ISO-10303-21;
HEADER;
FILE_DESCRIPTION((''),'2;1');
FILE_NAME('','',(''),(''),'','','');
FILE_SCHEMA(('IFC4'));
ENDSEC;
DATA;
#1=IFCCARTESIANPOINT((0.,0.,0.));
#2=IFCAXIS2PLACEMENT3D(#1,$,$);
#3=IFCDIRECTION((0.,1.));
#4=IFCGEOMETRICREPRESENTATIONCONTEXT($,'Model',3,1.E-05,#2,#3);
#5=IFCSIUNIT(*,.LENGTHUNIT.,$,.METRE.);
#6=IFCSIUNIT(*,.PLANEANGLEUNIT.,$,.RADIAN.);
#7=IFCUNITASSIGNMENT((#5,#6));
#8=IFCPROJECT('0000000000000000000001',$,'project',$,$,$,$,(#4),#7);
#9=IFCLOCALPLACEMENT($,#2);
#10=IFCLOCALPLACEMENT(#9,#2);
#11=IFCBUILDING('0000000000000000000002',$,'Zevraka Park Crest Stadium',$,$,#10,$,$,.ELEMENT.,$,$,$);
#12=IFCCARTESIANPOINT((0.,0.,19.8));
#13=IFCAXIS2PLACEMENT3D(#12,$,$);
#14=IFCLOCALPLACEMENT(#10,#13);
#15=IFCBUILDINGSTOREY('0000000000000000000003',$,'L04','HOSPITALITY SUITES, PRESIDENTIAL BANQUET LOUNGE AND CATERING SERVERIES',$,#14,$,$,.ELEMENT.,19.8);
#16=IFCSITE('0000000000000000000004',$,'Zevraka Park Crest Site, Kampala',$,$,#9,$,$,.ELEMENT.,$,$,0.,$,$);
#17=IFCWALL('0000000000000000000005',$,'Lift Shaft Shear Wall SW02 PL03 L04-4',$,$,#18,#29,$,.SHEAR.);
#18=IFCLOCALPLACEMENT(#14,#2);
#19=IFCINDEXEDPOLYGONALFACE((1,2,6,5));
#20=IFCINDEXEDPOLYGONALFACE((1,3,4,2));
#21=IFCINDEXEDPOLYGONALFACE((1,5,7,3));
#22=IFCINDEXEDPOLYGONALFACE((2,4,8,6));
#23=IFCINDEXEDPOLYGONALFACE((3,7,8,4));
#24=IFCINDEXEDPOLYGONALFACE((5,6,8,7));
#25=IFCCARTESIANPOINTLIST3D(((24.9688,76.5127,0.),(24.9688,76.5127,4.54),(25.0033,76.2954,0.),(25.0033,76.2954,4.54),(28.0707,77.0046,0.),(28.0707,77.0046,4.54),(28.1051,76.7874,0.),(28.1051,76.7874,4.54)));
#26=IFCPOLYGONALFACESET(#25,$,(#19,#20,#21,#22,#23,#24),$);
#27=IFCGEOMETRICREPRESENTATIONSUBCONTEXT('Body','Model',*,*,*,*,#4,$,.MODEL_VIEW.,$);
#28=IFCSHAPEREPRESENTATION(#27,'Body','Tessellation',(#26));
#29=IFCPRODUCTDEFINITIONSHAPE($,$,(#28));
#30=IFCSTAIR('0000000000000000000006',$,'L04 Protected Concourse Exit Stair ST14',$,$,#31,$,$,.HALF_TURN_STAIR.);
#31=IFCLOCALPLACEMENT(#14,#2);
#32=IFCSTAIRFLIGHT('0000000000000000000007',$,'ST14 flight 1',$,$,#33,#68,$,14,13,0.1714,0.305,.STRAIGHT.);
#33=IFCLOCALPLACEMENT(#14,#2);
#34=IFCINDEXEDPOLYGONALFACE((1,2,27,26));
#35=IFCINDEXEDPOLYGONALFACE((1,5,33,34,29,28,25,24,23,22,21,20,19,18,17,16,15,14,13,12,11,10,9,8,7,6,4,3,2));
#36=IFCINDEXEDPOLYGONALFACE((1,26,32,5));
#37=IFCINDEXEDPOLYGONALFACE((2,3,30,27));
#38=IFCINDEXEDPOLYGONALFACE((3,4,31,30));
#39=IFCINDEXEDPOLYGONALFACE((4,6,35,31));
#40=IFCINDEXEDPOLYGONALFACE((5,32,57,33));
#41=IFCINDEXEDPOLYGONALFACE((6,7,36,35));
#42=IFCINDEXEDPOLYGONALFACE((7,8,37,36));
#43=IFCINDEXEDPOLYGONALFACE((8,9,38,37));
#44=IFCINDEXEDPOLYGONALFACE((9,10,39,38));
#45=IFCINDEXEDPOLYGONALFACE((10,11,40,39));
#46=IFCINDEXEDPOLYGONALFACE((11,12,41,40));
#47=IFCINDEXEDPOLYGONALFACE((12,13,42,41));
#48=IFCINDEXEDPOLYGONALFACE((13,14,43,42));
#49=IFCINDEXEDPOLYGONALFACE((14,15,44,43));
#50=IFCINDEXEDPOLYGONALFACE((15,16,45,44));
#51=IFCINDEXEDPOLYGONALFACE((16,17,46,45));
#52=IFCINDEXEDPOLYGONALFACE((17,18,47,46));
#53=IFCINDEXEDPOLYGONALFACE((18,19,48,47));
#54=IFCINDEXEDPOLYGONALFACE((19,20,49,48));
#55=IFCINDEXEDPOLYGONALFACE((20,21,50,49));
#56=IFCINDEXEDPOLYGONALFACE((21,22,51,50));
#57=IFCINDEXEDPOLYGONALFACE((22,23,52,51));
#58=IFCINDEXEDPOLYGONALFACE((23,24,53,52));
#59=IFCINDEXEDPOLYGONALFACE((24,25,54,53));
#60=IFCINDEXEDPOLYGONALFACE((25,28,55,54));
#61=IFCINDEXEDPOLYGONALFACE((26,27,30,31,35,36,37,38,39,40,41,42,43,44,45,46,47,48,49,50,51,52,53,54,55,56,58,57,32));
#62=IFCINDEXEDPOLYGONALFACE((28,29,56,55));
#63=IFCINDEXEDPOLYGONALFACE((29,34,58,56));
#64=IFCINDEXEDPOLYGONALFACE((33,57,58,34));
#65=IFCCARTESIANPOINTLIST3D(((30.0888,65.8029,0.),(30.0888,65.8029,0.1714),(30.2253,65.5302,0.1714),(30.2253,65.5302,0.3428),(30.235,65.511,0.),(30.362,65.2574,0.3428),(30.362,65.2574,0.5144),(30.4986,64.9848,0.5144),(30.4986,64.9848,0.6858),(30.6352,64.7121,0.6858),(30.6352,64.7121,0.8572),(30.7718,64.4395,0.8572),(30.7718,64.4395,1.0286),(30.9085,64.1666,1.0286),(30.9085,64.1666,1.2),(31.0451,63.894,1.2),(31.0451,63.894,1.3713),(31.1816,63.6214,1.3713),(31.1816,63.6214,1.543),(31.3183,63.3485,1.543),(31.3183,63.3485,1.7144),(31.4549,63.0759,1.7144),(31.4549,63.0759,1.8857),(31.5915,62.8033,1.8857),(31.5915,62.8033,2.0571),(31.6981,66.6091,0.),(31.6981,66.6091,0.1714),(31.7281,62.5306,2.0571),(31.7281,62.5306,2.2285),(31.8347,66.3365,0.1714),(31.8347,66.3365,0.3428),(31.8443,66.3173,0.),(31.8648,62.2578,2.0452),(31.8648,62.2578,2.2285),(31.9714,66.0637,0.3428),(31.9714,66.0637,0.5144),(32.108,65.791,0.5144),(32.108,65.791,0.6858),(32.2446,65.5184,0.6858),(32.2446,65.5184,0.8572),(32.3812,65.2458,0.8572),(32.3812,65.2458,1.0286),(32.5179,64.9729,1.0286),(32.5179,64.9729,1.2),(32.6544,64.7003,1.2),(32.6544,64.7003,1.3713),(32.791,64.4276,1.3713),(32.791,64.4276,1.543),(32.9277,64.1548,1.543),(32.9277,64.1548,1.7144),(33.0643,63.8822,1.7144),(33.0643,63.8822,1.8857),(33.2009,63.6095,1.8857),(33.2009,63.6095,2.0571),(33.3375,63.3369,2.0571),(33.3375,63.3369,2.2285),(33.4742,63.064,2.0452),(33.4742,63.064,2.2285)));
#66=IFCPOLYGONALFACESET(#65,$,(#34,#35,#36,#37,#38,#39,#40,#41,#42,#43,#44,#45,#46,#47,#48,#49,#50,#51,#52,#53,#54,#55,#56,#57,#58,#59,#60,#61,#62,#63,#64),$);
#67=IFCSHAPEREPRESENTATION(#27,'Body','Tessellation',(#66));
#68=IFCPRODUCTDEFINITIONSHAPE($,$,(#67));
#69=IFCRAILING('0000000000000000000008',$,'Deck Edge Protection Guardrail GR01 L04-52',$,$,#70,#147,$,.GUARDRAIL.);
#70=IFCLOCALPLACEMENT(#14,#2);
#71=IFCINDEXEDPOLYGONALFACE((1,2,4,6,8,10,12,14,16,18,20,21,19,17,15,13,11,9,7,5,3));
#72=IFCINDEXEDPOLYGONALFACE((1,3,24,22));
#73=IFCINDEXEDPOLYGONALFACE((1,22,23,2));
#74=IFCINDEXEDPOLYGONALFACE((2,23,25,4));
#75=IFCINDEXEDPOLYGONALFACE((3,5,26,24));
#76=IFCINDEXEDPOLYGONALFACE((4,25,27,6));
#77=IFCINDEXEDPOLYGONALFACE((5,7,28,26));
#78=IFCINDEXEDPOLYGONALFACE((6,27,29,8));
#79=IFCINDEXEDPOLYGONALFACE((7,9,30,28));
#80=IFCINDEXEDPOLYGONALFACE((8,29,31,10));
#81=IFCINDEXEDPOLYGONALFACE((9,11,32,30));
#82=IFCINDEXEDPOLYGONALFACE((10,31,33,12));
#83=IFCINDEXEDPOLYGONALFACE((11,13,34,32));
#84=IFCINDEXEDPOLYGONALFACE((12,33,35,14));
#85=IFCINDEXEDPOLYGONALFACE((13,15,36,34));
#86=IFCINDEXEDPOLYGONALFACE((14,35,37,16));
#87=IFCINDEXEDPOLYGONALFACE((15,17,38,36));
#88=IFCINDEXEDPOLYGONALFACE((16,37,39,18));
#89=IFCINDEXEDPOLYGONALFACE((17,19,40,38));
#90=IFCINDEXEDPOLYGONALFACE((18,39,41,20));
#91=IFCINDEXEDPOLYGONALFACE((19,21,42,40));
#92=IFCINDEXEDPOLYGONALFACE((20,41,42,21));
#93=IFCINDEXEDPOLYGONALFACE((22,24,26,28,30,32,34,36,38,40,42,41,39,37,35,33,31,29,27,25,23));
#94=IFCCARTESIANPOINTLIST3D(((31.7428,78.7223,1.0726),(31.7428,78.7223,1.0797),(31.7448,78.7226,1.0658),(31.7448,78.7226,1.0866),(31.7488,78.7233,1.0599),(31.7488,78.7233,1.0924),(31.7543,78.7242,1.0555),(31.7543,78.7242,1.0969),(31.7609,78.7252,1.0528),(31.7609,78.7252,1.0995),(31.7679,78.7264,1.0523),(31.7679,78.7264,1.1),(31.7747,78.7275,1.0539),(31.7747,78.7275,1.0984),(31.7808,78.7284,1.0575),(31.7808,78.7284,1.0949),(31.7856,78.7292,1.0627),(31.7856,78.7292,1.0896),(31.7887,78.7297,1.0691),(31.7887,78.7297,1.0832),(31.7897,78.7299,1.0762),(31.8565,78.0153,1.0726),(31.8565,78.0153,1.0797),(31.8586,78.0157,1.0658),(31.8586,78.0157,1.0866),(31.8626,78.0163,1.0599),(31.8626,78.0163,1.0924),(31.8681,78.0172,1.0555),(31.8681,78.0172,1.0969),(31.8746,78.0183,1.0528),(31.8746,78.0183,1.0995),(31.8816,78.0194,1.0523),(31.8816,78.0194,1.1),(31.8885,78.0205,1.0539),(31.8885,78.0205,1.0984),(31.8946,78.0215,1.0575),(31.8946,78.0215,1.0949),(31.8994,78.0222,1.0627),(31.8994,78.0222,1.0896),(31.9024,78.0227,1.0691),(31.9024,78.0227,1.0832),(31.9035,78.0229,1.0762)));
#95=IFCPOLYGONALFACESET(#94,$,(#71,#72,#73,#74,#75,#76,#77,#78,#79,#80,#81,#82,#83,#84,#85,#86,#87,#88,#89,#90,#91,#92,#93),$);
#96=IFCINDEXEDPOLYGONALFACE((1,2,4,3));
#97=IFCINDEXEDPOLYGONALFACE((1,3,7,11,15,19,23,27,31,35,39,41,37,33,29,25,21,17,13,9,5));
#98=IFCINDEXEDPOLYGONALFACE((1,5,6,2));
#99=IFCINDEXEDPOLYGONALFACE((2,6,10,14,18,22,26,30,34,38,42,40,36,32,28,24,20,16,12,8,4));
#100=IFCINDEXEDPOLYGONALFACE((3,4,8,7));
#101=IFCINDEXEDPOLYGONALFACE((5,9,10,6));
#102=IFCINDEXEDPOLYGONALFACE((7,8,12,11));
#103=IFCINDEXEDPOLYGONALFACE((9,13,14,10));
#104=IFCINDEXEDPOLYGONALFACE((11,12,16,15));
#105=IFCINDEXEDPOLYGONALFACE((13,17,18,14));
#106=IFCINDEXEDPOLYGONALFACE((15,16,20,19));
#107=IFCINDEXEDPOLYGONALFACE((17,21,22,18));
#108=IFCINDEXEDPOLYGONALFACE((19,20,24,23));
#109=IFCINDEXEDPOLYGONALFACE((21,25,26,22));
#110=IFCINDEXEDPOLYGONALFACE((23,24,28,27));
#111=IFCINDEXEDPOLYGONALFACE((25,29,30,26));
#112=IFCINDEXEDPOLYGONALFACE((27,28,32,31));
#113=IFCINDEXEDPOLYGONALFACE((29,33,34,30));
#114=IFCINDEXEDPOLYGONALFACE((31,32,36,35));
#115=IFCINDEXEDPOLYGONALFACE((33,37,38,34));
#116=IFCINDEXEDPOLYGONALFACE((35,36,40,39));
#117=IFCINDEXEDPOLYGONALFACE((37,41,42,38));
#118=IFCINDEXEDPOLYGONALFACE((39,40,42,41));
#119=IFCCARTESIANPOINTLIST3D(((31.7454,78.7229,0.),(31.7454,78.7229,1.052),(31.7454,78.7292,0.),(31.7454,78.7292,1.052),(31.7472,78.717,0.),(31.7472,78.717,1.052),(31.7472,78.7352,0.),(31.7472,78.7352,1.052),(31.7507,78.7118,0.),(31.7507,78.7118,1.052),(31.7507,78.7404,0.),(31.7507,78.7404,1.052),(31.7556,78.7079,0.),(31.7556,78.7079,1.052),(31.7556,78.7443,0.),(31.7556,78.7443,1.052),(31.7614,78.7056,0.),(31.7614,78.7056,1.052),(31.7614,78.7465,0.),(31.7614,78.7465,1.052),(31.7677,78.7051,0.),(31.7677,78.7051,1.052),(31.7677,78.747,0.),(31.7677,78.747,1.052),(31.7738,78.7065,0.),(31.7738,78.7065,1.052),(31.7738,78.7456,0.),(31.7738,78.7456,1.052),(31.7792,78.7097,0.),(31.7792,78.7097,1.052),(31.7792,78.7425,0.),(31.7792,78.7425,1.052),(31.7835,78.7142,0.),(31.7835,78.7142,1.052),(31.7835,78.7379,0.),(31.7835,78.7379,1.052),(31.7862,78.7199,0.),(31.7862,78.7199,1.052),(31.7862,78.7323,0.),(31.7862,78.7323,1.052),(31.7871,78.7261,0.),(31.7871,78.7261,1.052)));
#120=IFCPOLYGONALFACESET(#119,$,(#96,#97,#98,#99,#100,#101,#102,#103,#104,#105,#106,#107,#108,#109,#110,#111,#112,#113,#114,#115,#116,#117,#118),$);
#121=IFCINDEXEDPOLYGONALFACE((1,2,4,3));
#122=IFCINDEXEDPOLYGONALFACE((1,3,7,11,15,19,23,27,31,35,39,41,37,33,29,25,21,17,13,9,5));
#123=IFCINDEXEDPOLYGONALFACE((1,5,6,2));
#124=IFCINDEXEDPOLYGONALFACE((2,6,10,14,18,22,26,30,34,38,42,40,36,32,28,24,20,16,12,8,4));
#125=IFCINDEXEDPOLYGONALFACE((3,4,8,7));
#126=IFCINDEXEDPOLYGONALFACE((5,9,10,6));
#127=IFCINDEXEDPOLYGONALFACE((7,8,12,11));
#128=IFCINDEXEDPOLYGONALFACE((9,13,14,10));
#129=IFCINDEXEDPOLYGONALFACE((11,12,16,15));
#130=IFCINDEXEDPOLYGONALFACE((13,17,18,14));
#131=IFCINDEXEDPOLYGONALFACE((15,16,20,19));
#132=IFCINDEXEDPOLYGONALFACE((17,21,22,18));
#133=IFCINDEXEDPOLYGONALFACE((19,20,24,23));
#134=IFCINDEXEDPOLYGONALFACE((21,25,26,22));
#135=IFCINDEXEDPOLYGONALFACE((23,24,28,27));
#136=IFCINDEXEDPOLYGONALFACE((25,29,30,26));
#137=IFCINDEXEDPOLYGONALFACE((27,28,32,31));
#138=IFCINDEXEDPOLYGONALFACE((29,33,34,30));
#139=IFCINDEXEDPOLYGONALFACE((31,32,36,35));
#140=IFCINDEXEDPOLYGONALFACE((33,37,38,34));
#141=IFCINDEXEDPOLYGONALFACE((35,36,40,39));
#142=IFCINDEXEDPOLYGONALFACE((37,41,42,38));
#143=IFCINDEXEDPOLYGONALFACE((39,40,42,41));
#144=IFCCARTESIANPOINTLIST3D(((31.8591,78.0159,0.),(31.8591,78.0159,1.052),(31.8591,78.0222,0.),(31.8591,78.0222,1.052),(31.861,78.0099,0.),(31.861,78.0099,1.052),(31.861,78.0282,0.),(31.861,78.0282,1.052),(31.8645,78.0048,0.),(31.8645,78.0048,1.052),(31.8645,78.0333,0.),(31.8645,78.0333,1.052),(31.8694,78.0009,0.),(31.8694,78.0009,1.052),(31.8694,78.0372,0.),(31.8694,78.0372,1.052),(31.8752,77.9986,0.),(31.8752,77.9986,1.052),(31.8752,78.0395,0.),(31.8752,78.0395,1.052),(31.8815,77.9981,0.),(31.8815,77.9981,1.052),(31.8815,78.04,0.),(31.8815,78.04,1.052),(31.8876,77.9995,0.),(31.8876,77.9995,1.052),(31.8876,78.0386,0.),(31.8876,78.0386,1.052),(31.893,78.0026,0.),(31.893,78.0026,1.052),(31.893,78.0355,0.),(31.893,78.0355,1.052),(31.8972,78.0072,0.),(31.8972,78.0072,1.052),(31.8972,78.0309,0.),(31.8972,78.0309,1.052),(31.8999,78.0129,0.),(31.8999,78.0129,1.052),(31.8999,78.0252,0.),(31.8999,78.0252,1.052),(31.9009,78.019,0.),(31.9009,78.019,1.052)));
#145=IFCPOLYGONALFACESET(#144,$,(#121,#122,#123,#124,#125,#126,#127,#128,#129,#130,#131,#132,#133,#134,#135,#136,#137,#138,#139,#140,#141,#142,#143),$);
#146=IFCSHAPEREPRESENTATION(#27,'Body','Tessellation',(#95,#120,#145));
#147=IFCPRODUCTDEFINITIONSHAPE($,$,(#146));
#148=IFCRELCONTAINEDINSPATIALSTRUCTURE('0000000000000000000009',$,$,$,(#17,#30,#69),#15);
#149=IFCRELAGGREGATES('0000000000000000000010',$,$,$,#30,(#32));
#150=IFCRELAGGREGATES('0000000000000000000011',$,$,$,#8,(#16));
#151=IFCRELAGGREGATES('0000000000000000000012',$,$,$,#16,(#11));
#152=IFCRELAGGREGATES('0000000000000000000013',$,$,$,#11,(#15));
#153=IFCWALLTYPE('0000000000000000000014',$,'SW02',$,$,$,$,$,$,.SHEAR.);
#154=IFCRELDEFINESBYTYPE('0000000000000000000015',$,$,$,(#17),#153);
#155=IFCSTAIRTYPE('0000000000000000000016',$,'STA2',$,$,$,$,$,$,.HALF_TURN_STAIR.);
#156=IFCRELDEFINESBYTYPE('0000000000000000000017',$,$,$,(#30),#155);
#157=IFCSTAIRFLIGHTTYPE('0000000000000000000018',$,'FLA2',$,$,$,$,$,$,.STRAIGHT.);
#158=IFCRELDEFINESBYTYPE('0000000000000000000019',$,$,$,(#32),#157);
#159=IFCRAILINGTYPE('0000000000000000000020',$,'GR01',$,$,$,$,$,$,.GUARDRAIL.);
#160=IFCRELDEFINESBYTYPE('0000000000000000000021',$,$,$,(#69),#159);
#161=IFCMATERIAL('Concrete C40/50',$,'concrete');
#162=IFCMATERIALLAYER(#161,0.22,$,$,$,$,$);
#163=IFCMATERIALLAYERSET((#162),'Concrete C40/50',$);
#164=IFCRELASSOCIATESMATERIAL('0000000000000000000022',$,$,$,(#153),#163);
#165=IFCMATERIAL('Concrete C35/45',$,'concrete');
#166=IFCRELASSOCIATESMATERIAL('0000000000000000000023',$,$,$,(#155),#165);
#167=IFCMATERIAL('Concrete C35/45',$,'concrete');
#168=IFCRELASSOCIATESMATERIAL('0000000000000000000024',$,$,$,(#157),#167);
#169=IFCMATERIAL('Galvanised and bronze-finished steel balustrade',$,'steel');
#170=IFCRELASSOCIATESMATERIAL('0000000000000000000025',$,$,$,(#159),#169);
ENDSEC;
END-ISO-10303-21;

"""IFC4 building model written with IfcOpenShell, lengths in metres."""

from ifc_helpers import new_model, si_unit, direction, frame, frame_2d, origin, origin_2d, place, context, subcontext, project, spatial, polyline, rectangle, circle, outline, extrude, material, layer, layer_set, type_object, element, aggregate, save


model = new_model("IFC4")

# Units and contexts
model_context = context("Model", 3, precision=1e-05, world=origin(), true_north=direction((0.0, 1.0)))
body_context = subcontext(model_context, "Body", "Model", "MODEL_VIEW")
ifc_project = project(units=[si_unit("LENGTHUNIT", "METRE"), si_unit("PLANEANGLEUNIT", "RADIAN")], contexts=[model_context])

# Site, building, storey
site_placement = place(None, origin())
site = spatial("IfcSite", under=ifc_project, at=site_placement, Name="Zevraka Park Crest Site, Kampala", CompositionType="ELEMENT", RefElevation=0.0)
building_placement = place(site_placement, origin())
building = spatial("IfcBuilding", under=site, at=building_placement, Name="Zevraka Park Crest Stadium", CompositionType="ELEMENT")
storey_placement = place(building_placement, frame((0.0, 0.0, 19.8)))
storey = spatial("IfcBuildingStorey", under=building, at=storey_placement, Name="L04", Description="HOSPITALITY SUITES, PRESIDENTIAL BANQUET LOUNGE AND CATERING SERVERIES", CompositionType="ELEMENT", Elevation=19.8)

# Shared definitions
ifc_material_1 = material(Name="Concrete C40/50", Category="concrete")
ifc_layer_1 = layer(ifc_material_1, 0.22)
ifc_layer_set_1 = layer_set([ifc_layer_1], Name="Concrete C40/50")
wall_type_1 = type_object("IfcWallType", Name="SW02", PredefinedType="SHEAR", material=ifc_layer_set_1)

# Wall
wall_1_placement = place(storey_placement, frame((28.0879, 76.896, 0.0), z_axis=(0.0, 0.0, 1.0), x_axis=(-0.987656, -0.156641, 0.0)))
element("IfcWall", 1, at=wall_1_placement, inside=storey, type_object=wall_type_1, Name="Lift Shaft Shear Wall SW02 PL03 L04-4", PredefinedType="SHEAR", context=body_context, shape_type="SweptSolid", body=[
    extrude(rectangle(XDim=3.1406, YDim=0.22, at=frame_2d((1.5703, 0.0))), origin(), (0.0, 0.0, 1.0), 4.54),
])

# Stair, stair flight
ifc_material_2 = material(Name="Concrete C35/45", Category="concrete")
stair_type = type_object("IfcStairType", Name="STA2", PredefinedType="HALF_TURN_STAIR", material=ifc_material_2)
stair_placement = place(storey_placement, origin())
stair = element("IfcStair", 2, at=stair_placement, inside=storey, type_object=stair_type, Name="L04 Protected Concourse Exit Stair ST14", PredefinedType="HALF_TURN_STAIR")
ifc_material_3 = material(Name="Concrete C35/45", Category="concrete")
stair_flight_type = type_object("IfcStairFlightType", Name="FLA2", PredefinedType="STRAIGHT", material=ifc_material_3)
stair_flight_placement = place(storey_placement, frame((30.8936, 66.2061, 0.0), z_axis=(0.0, 0.0, 1.0), x_axis=(0.447915, -0.894076, 0.0)))
stair_flight = element("IfcStairFlight", 3, at=stair_flight_placement, type_object=stair_flight_type, Name="ST14 flight 1", NumberOfRisers=14, NumberOfTreads=13, PredefinedType="STRAIGHT", RiserHeight=0.1714, TreadLength=0.305, context=body_context, shape_type="SweptSolid", body=[
    extrude(outline(polyline([(0.0, 0.0), (0.0, 0.1714), (0.3049, 0.1714), (0.3049, 0.3428), (0.6101, 0.3428), (0.6101, 0.5144), (0.915, 0.5144), (0.915, 0.6858), (1.22, 0.6858), (1.22, 0.8572), (1.5249, 0.8572), (1.5249, 1.0286), (1.8301, 1.0286), (1.8301, 1.2), (2.135, 1.2), (2.135, 1.3713), (2.4399, 1.3713), (2.4399, 1.543), (2.7451, 1.543), (2.7451, 1.7144), (3.05, 1.7144), (3.05, 1.8857), (3.355, 1.8857), (3.355, 2.0571), (3.6599, 2.0571), (3.6599, 2.2285), (3.9651, 2.2285), (3.9651, 2.3999), (3.9651, 2.0452), (0.3264, 0.0), (0.0, 0.0)])), frame((0.0, 0.8999, 0.0), z_axis=(0.0, -1.0, 0.0), x_axis=(1.0, 0.0, 0.0)), (0.0, 0.0, 1.0), 1.8),
])
aggregate(stair, [stair_flight])

# Railing
ifc_material_4 = material(Name="Galvanised and bronze-finished steel balustrade", Category="steel")
railing_type_1 = type_object("IfcRailingType", Name="GR01", PredefinedType="GUARDRAIL", material=ifc_material_4)
railing_1_placement = place(storey_placement, frame((31.7661, 78.7261, 0.0)))
element("IfcRailing", 4, at=railing_1_placement, inside=storey, type_object=railing_type_1, Name="Deck Edge Protection Guardrail GR01 L04-52", PredefinedType="GUARDRAIL", context=body_context, shape_type="SweptSolid", body=[
    extrude(circle(Radius=0.0239, at=origin_2d()), frame((0.0, 0.0, 1.0762), z_axis=(0.158868, -0.9873, 0.0), x_axis=(0.9873, 0.158868, 0.0)), (0.0, 0.0, 1.0), 0.7161),
    extrude(circle(Radius=0.021, at=origin_2d()), origin(), (0.0, 0.0, 1.0), 1.052),
    extrude(circle(Radius=0.021, at=origin_2d()), frame((0.1138, -0.707, 0.0)), (0.0, 0.0, 1.0), 1.052),
])

save(model, "model.ifc")
